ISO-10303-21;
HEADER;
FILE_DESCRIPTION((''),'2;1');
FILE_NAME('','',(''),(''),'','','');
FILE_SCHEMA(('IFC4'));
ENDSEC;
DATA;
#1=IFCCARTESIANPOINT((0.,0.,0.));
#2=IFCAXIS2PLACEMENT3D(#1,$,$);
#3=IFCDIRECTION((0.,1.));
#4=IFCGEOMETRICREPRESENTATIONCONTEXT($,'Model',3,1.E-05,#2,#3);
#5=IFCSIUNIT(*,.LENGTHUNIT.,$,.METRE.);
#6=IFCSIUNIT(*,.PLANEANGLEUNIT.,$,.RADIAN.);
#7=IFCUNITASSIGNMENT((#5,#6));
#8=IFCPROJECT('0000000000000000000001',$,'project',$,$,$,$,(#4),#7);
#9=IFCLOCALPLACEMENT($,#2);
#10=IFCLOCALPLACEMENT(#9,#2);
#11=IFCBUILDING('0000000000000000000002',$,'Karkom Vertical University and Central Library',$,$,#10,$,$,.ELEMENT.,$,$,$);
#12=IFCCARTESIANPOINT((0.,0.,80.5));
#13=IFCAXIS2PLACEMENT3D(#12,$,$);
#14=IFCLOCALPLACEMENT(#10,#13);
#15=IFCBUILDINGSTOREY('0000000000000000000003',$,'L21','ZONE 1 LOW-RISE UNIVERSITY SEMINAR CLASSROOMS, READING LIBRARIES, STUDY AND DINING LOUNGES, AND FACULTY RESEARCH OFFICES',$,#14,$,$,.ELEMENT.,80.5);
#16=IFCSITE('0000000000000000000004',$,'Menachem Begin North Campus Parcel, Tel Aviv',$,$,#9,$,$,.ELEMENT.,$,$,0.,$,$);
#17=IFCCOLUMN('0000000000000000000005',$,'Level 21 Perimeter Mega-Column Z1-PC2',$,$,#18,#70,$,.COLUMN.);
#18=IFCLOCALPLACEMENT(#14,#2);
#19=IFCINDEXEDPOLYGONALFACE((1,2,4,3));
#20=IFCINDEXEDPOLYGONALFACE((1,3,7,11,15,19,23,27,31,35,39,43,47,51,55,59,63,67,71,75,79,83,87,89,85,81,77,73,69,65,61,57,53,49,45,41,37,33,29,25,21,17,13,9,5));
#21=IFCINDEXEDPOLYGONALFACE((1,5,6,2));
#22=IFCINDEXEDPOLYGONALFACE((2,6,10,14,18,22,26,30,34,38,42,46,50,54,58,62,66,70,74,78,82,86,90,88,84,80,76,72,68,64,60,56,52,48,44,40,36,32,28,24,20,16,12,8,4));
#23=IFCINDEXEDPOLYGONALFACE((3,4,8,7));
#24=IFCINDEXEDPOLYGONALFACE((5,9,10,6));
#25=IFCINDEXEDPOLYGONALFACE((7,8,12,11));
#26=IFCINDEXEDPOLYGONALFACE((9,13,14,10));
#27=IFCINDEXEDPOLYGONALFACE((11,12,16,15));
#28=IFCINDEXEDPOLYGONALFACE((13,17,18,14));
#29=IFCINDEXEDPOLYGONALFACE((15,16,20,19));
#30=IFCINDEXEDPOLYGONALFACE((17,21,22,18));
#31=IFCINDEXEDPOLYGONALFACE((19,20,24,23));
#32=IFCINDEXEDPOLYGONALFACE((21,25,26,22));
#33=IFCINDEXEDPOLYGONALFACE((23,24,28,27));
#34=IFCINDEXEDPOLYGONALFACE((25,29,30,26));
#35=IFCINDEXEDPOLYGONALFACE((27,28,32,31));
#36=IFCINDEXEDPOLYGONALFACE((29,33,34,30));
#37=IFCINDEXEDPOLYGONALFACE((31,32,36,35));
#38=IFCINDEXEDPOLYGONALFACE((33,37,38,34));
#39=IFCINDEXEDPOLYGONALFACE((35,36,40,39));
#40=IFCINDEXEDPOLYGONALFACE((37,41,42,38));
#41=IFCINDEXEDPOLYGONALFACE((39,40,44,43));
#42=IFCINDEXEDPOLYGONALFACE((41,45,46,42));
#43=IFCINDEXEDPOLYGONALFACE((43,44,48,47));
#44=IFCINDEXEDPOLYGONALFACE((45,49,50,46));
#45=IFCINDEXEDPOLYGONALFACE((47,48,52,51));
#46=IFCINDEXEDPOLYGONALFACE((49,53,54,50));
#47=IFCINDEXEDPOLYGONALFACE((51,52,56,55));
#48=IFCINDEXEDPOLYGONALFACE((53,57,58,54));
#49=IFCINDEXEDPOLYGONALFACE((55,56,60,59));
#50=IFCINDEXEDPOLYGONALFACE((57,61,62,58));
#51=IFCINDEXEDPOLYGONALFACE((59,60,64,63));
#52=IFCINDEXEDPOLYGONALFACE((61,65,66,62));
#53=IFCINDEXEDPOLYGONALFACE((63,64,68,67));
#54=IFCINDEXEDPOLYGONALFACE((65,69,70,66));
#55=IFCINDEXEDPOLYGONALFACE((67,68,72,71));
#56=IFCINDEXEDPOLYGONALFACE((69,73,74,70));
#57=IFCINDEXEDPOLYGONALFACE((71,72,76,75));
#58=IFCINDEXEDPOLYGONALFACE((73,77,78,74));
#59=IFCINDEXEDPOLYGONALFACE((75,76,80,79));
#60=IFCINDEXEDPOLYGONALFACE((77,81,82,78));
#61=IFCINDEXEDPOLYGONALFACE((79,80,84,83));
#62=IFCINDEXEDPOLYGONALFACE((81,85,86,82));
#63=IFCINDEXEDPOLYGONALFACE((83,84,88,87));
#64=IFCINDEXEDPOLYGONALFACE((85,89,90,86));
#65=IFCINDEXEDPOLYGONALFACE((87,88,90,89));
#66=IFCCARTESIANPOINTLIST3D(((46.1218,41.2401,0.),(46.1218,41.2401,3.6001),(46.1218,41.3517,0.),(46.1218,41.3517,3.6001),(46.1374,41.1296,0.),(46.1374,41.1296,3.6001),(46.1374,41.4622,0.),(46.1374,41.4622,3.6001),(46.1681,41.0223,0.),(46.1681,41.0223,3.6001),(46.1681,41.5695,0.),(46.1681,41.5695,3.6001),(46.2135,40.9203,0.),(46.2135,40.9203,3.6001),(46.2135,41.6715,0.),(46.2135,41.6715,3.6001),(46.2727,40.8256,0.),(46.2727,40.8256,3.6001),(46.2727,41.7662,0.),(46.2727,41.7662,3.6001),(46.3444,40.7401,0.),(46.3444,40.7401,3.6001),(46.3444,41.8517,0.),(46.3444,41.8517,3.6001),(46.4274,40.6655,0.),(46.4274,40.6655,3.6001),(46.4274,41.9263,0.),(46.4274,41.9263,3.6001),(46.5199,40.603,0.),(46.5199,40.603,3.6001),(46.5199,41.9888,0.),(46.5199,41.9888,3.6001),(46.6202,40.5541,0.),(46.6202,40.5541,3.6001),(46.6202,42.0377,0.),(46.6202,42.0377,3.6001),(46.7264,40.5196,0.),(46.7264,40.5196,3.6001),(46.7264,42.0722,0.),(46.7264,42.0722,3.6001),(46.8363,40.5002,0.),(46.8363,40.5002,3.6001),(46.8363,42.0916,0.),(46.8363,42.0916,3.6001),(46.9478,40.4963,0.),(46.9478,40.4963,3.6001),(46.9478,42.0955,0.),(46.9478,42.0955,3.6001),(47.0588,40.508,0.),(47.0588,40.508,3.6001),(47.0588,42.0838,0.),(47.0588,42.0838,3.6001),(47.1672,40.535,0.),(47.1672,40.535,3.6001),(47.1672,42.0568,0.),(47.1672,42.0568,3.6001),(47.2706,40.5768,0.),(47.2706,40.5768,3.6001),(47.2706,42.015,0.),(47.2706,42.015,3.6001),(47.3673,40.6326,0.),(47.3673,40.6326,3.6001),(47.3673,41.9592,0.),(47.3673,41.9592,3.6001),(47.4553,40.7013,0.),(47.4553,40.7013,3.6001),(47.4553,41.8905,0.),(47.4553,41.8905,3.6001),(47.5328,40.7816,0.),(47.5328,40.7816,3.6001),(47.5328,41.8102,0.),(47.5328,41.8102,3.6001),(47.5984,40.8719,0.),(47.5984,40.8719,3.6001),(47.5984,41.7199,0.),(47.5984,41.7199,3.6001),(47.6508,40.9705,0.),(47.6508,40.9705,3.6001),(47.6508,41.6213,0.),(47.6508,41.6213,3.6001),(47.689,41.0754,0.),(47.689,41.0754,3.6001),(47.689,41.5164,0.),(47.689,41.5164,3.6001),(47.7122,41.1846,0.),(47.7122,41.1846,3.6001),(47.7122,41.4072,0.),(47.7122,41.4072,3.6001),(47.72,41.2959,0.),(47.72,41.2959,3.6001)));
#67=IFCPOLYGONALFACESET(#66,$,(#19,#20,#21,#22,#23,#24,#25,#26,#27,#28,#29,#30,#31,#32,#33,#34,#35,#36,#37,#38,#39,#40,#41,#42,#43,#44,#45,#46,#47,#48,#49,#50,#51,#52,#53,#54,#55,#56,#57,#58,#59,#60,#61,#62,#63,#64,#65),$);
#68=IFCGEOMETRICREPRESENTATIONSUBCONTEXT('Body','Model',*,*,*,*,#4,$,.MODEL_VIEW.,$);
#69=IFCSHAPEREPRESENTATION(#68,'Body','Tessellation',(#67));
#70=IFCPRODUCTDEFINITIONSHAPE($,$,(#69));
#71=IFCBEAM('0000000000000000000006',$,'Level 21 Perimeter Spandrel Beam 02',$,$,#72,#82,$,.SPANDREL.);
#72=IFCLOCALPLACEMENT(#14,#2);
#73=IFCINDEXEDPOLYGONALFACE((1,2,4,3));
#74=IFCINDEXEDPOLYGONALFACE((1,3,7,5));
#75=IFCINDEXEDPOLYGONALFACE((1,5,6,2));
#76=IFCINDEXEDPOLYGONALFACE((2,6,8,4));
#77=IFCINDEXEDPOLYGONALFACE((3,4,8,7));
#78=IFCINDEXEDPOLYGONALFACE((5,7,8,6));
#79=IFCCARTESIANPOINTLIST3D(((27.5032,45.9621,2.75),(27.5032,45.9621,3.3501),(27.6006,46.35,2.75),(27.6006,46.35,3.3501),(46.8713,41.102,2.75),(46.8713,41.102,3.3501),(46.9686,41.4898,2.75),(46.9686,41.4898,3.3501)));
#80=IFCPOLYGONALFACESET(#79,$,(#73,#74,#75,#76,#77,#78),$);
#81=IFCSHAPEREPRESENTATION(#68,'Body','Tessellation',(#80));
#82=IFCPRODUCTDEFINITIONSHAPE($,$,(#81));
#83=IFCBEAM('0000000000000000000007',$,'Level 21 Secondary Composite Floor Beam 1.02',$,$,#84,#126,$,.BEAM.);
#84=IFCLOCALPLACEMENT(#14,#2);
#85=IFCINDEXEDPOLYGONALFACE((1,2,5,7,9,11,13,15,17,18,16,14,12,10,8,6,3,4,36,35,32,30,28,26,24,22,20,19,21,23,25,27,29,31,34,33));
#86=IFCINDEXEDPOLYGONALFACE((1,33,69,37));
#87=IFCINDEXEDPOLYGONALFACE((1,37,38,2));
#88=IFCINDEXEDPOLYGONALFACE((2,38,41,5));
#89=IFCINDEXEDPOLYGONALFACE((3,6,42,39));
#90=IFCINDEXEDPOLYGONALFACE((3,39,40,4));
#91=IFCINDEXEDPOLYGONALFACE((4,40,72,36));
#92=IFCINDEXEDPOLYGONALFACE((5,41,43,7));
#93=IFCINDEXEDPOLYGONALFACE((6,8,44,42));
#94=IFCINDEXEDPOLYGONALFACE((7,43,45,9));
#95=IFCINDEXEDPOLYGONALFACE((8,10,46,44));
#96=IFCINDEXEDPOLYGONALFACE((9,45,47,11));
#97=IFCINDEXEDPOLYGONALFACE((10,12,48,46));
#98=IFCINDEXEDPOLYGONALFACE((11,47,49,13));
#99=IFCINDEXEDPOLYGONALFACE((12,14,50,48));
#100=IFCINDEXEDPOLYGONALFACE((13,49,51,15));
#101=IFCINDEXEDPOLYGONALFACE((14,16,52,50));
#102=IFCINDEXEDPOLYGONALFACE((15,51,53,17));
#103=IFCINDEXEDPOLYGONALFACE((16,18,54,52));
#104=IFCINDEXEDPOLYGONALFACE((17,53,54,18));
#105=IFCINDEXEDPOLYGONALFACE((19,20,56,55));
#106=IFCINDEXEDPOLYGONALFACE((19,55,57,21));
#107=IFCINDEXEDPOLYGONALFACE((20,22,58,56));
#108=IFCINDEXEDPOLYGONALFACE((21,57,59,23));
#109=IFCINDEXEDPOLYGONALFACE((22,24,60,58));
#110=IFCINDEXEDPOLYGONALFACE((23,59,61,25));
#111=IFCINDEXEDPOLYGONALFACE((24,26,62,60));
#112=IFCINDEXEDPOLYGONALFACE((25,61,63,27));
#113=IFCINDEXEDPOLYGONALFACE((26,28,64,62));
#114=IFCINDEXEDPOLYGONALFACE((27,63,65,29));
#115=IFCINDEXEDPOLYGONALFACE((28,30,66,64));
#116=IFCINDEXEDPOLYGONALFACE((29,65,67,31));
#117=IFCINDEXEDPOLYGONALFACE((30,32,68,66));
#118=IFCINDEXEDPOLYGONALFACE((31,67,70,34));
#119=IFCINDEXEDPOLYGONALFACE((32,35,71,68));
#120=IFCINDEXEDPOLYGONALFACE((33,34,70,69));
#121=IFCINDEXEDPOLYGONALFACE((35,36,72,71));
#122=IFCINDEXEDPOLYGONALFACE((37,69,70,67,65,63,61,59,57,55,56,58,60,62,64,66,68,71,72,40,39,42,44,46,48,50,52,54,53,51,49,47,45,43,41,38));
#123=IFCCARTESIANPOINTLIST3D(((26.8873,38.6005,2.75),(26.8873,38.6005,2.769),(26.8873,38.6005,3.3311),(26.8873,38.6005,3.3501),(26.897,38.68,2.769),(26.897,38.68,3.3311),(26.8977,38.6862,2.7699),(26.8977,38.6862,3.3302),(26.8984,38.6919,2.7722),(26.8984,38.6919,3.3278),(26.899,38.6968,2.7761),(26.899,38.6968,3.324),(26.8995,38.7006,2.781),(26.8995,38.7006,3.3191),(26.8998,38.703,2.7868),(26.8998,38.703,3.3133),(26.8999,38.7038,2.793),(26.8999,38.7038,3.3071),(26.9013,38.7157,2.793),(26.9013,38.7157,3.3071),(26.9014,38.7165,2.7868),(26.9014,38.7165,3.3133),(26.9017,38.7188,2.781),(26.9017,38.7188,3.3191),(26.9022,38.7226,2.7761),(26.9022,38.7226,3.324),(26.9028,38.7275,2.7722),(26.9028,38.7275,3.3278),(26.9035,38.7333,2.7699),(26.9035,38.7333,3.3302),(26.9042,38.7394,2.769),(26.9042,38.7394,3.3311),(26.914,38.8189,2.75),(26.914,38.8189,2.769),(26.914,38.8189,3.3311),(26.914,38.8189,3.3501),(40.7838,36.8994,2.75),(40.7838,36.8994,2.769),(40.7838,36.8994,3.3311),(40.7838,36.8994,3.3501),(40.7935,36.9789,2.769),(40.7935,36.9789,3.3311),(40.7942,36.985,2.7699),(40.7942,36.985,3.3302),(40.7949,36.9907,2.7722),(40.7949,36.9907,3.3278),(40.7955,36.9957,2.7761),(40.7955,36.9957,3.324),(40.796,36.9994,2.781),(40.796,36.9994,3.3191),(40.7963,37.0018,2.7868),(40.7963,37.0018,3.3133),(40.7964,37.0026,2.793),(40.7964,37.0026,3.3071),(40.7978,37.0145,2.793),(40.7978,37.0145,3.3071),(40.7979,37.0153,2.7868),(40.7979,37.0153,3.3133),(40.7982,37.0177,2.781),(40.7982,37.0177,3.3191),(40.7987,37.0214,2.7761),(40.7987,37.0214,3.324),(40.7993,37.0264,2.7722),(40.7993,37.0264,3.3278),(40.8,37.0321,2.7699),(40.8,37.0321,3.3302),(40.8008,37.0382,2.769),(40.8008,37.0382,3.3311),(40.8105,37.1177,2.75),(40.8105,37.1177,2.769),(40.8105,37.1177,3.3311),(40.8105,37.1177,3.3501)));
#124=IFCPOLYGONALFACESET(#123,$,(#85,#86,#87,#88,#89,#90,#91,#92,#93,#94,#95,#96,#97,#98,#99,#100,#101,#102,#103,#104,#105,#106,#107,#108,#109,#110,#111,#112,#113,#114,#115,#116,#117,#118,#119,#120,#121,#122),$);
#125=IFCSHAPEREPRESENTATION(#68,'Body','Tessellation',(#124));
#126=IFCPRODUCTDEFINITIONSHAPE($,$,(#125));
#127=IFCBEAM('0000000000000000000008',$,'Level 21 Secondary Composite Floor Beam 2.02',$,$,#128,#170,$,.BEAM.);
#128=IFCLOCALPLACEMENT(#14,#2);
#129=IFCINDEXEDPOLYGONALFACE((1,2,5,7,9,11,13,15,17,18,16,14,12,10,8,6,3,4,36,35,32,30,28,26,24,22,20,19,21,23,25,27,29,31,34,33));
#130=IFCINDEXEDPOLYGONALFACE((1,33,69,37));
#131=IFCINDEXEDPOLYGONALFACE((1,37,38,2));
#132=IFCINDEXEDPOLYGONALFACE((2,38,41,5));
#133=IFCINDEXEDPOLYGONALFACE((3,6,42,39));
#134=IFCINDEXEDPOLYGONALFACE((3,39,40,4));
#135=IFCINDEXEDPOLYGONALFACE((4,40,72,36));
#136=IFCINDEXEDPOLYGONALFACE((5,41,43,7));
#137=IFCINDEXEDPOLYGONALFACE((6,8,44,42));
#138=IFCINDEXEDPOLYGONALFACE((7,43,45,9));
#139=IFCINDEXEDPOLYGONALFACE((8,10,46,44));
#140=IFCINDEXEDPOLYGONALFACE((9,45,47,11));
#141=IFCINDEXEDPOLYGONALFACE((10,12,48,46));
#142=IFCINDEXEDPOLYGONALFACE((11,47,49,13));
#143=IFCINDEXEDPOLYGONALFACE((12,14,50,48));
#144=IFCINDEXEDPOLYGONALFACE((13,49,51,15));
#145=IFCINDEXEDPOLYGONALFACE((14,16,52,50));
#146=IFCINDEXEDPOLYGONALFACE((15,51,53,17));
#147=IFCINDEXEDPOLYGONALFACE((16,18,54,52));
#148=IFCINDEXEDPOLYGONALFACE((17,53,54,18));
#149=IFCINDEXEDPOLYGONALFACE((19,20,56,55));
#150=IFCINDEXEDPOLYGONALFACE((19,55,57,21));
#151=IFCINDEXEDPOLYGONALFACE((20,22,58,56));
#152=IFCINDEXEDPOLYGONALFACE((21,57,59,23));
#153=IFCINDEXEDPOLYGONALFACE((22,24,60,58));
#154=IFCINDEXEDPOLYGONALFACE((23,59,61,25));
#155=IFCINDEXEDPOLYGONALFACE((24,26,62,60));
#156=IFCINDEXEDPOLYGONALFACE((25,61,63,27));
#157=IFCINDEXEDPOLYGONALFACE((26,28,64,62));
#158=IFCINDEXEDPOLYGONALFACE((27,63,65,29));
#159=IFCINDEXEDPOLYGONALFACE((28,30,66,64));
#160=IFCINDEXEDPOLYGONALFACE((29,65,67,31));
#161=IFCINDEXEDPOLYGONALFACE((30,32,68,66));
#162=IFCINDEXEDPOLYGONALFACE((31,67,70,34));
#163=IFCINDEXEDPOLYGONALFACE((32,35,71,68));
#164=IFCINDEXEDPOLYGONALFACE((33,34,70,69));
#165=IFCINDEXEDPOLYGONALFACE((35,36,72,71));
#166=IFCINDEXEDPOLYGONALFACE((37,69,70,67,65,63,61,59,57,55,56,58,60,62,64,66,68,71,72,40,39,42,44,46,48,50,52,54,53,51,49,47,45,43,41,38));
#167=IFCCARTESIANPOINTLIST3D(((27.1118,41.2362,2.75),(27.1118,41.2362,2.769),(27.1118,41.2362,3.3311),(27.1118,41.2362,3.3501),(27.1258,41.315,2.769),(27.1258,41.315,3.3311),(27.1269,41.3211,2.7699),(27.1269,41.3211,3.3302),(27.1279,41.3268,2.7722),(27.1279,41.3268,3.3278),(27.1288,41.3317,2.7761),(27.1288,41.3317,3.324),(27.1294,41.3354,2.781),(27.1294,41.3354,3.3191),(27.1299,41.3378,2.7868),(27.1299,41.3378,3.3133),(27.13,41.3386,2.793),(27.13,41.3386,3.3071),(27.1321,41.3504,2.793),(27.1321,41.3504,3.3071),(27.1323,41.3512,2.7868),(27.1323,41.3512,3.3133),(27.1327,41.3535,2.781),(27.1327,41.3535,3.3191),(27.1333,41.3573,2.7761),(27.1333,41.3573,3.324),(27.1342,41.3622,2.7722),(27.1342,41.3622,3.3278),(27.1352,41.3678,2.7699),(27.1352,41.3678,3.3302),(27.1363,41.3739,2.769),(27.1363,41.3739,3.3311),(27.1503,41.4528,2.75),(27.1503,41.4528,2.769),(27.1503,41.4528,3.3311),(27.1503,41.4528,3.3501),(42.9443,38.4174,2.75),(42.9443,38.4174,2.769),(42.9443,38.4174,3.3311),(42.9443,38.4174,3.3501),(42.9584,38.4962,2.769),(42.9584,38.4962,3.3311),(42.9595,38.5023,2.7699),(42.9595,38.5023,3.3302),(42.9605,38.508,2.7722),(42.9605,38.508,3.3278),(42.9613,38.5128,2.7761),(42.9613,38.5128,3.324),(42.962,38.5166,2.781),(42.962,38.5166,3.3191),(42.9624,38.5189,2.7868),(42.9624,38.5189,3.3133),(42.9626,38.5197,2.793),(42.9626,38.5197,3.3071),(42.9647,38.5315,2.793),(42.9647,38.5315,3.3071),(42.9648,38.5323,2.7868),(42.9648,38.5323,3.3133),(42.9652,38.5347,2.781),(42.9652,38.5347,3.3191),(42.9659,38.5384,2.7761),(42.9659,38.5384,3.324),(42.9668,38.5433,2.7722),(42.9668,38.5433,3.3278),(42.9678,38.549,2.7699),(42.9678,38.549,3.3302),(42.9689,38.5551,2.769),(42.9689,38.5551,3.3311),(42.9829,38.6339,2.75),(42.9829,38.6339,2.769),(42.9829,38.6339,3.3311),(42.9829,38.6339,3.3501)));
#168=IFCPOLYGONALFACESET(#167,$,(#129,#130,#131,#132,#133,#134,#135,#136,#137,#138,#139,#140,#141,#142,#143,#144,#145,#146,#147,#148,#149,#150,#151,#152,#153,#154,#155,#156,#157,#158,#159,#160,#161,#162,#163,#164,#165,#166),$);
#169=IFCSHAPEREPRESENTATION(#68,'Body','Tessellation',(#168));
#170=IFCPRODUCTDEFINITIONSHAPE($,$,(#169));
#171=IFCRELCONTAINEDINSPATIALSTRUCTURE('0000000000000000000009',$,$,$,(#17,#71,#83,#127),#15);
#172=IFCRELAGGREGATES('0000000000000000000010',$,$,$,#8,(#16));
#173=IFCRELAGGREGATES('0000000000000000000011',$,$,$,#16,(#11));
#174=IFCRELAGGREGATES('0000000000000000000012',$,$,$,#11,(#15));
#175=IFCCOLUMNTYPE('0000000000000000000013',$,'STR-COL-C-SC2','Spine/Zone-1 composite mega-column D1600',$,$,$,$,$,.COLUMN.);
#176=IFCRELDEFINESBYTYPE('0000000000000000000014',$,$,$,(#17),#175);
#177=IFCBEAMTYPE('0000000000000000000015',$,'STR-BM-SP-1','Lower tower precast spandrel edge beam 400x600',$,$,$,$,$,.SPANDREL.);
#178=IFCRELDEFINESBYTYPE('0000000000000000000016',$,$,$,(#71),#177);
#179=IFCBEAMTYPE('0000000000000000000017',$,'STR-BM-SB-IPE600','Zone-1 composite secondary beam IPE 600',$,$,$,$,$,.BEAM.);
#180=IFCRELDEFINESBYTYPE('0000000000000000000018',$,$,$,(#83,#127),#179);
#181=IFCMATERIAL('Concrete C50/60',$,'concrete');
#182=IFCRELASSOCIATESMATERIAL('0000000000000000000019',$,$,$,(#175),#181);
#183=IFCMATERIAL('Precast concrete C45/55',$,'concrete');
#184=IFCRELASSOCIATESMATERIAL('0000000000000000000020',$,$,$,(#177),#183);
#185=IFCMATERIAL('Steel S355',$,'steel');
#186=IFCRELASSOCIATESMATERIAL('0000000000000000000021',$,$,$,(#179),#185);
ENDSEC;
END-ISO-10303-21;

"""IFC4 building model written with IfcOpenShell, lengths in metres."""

from ifc_helpers import new_model, si_unit, direction, frame, origin, origin_with_axes, origin_2d, place, context, subcontext, project, spatial, rectangle, circle, i_section, extrude, source, transform, mapped, material, material_profile, profile_set, type_object, element, save


model = new_model("IFC4")

# Units and contexts
model_context = context("Model", 3, precision=1e-05, world=origin(), true_north=direction((0.0, 1.0)))
body_context = subcontext(model_context, "Body", "Model", "MODEL_VIEW")
ifc_project = project(units=[si_unit("LENGTHUNIT", "METRE"), si_unit("PLANEANGLEUNIT", "RADIAN")], contexts=[model_context])

# Site, building, storey
site_placement = place(None, origin())
site = spatial("IfcSite", under=ifc_project, at=site_placement, Name="Menachem Begin North Campus Parcel, Tel Aviv", CompositionType="ELEMENT", RefElevation=0.0)
building_placement = place(site_placement, origin())
building = spatial("IfcBuilding", under=site, at=building_placement, Name="Karkom Vertical University and Central Library", CompositionType="ELEMENT")
storey_placement = place(building_placement, frame((0.0, 0.0, 80.5)))
storey = spatial("IfcBuildingStorey", under=building, at=storey_placement, Name="L21", Description="ZONE 1 LOW-RISE UNIVERSITY SEMINAR CLASSROOMS, READING LIBRARIES, STUDY AND DINING LOUNGES, AND FACULTY RESEARCH OFFICES", CompositionType="ELEMENT", Elevation=80.5)

# Column
ifc_material_1 = material(Name="Concrete C50/60", Category="concrete")
ifc_material_profile_1 = material_profile(ifc_material_1, circle(Radius=0.8, at=origin_2d()), Name="CFT-D1600")
ifc_profile_set_1 = profile_set([ifc_material_profile_1], Name="Concrete C50/60")
column_type = type_object("IfcColumnType", Name="STR-COL-C-SC2", Description="Spine/Zone-1 composite mega-column D1600", PredefinedType="COLUMN", material=ifc_profile_set_1)
shared_shape_1 = source(origin_with_axes(), body_context, "Body", "SweptSolid", [
    extrude(circle(Radius=0.8, at=origin_2d()), origin(), (0.0, 0.0, 1.0), 3.6001),
])
column_placement = place(storey_placement, frame((46.9199, 41.2959, 0.0), z_axis=(0.0, 0.0, 1.0), x_axis=(1.0, 0.0, 0.0)))
element("IfcColumn", 1, at=column_placement, inside=storey, type_object=column_type, Name="Level 21 Perimeter Mega-Column Z1-PC2", PredefinedType="COLUMN", context=body_context, shape_type="MappedRepresentation", body=[
    mapped(shared_shape_1, transform((0.0, 0.0, 0.0), scale=1.0)),
])

# Beams
ifc_material_2 = material(Name="Precast concrete C45/55", Category="concrete")
ifc_material_profile_2 = material_profile(ifc_material_2, rectangle(XDim=0.3999, YDim=0.6001, at=origin_2d()), Name="SPB-400x600")
ifc_profile_set_2 = profile_set([ifc_material_profile_2], Name="Precast concrete C45/55")
beam_type_1 = type_object("IfcBeamType", Name="STR-BM-SP-1", Description="Lower tower precast spandrel edge beam 400x600", PredefinedType="SPANDREL", material=ifc_profile_set_2)
shared_shape_2 = source(origin_with_axes(), body_context, "Body", "SweptSolid", [
    extrude(rectangle(XDim=0.3999, YDim=0.6001, at=origin_2d()), origin(), (0.0, 0.0, 1.0), 19.9685),
])
beam_1_placement = place(storey_placement, frame((46.9199, 41.2959, 3.05), z_axis=(-0.969929, 0.24339, 0.0), x_axis=(-0.24339, -0.969929, 0.0)))
element("IfcBeam", 2, at=beam_1_placement, inside=storey, type_object=beam_type_1, Name="Level 21 Perimeter Spandrel Beam 02", PredefinedType="SPANDREL", context=body_context, shape_type="MappedRepresentation", body=[
    mapped(shared_shape_2, transform((0.0, 0.0, 0.0), scale=1.0)),
])
ifc_material_3 = material(Name="Steel S355", Category="steel")
ifc_material_profile_3 = material_profile(ifc_material_3, i_section(OverallWidth=0.22, OverallDepth=0.6001, WebThickness=0.012, FlangeThickness=0.019, FilletRadius=0.0239, at=origin_2d()), Name="IPE 600")
ifc_profile_set_3 = profile_set([ifc_material_profile_3], Name="Steel S355")
beam_type_2 = type_object("IfcBeamType", Name="STR-BM-SB-IPE600", Description="Zone-1 composite secondary beam IPE 600", PredefinedType="BEAM", material=ifc_profile_set_3)
shared_shape_3 = source(origin_with_axes(), body_context, "Body", "SweptSolid", [
    extrude(i_section(OverallWidth=0.22, OverallDepth=0.6001, WebThickness=0.012, FlangeThickness=0.019, FilletRadius=0.0239, at=origin_2d()), origin(), (0.0, 0.0, 1.0), 14.0002),
])
beam_2_placement = place(storey_placement, frame((40.7971, 37.0085, 3.05), z_axis=(-0.99259, 0.12151, 0.0), x_axis=(-0.12151, -0.99259, 0.0)))
element("IfcBeam", 3, at=beam_2_placement, inside=storey, type_object=beam_type_2, Name="Level 21 Secondary Composite Floor Beam 1.02", PredefinedType="BEAM", context=body_context, shape_type="MappedRepresentation", body=[
    mapped(shared_shape_3, transform((0.0, 0.0, 0.0), scale=1.0)),
])
shared_shape_4 = source(origin_with_axes(), body_context, "Body", "SweptSolid", [
    extrude(i_section(OverallWidth=0.22, OverallDepth=0.6001, WebThickness=0.012, FlangeThickness=0.019, FilletRadius=0.0239, at=origin_2d()), origin(), (0.0, 0.0, 1.0), 16.0815),
])
beam_3_placement = place(storey_placement, frame((42.9636, 38.5256, 3.05), z_axis=(-0.984518, 0.175285, 0.0), x_axis=(-0.175285, -0.984518, 0.0)))
element("IfcBeam", 4, at=beam_3_placement, inside=storey, type_object=beam_type_2, Name="Level 21 Secondary Composite Floor Beam 2.02", PredefinedType="BEAM", context=body_context, shape_type="MappedRepresentation", body=[
    mapped(shared_shape_4, transform((0.0, 0.0, 0.0), scale=1.0)),
])

save(model, "model.ifc")
